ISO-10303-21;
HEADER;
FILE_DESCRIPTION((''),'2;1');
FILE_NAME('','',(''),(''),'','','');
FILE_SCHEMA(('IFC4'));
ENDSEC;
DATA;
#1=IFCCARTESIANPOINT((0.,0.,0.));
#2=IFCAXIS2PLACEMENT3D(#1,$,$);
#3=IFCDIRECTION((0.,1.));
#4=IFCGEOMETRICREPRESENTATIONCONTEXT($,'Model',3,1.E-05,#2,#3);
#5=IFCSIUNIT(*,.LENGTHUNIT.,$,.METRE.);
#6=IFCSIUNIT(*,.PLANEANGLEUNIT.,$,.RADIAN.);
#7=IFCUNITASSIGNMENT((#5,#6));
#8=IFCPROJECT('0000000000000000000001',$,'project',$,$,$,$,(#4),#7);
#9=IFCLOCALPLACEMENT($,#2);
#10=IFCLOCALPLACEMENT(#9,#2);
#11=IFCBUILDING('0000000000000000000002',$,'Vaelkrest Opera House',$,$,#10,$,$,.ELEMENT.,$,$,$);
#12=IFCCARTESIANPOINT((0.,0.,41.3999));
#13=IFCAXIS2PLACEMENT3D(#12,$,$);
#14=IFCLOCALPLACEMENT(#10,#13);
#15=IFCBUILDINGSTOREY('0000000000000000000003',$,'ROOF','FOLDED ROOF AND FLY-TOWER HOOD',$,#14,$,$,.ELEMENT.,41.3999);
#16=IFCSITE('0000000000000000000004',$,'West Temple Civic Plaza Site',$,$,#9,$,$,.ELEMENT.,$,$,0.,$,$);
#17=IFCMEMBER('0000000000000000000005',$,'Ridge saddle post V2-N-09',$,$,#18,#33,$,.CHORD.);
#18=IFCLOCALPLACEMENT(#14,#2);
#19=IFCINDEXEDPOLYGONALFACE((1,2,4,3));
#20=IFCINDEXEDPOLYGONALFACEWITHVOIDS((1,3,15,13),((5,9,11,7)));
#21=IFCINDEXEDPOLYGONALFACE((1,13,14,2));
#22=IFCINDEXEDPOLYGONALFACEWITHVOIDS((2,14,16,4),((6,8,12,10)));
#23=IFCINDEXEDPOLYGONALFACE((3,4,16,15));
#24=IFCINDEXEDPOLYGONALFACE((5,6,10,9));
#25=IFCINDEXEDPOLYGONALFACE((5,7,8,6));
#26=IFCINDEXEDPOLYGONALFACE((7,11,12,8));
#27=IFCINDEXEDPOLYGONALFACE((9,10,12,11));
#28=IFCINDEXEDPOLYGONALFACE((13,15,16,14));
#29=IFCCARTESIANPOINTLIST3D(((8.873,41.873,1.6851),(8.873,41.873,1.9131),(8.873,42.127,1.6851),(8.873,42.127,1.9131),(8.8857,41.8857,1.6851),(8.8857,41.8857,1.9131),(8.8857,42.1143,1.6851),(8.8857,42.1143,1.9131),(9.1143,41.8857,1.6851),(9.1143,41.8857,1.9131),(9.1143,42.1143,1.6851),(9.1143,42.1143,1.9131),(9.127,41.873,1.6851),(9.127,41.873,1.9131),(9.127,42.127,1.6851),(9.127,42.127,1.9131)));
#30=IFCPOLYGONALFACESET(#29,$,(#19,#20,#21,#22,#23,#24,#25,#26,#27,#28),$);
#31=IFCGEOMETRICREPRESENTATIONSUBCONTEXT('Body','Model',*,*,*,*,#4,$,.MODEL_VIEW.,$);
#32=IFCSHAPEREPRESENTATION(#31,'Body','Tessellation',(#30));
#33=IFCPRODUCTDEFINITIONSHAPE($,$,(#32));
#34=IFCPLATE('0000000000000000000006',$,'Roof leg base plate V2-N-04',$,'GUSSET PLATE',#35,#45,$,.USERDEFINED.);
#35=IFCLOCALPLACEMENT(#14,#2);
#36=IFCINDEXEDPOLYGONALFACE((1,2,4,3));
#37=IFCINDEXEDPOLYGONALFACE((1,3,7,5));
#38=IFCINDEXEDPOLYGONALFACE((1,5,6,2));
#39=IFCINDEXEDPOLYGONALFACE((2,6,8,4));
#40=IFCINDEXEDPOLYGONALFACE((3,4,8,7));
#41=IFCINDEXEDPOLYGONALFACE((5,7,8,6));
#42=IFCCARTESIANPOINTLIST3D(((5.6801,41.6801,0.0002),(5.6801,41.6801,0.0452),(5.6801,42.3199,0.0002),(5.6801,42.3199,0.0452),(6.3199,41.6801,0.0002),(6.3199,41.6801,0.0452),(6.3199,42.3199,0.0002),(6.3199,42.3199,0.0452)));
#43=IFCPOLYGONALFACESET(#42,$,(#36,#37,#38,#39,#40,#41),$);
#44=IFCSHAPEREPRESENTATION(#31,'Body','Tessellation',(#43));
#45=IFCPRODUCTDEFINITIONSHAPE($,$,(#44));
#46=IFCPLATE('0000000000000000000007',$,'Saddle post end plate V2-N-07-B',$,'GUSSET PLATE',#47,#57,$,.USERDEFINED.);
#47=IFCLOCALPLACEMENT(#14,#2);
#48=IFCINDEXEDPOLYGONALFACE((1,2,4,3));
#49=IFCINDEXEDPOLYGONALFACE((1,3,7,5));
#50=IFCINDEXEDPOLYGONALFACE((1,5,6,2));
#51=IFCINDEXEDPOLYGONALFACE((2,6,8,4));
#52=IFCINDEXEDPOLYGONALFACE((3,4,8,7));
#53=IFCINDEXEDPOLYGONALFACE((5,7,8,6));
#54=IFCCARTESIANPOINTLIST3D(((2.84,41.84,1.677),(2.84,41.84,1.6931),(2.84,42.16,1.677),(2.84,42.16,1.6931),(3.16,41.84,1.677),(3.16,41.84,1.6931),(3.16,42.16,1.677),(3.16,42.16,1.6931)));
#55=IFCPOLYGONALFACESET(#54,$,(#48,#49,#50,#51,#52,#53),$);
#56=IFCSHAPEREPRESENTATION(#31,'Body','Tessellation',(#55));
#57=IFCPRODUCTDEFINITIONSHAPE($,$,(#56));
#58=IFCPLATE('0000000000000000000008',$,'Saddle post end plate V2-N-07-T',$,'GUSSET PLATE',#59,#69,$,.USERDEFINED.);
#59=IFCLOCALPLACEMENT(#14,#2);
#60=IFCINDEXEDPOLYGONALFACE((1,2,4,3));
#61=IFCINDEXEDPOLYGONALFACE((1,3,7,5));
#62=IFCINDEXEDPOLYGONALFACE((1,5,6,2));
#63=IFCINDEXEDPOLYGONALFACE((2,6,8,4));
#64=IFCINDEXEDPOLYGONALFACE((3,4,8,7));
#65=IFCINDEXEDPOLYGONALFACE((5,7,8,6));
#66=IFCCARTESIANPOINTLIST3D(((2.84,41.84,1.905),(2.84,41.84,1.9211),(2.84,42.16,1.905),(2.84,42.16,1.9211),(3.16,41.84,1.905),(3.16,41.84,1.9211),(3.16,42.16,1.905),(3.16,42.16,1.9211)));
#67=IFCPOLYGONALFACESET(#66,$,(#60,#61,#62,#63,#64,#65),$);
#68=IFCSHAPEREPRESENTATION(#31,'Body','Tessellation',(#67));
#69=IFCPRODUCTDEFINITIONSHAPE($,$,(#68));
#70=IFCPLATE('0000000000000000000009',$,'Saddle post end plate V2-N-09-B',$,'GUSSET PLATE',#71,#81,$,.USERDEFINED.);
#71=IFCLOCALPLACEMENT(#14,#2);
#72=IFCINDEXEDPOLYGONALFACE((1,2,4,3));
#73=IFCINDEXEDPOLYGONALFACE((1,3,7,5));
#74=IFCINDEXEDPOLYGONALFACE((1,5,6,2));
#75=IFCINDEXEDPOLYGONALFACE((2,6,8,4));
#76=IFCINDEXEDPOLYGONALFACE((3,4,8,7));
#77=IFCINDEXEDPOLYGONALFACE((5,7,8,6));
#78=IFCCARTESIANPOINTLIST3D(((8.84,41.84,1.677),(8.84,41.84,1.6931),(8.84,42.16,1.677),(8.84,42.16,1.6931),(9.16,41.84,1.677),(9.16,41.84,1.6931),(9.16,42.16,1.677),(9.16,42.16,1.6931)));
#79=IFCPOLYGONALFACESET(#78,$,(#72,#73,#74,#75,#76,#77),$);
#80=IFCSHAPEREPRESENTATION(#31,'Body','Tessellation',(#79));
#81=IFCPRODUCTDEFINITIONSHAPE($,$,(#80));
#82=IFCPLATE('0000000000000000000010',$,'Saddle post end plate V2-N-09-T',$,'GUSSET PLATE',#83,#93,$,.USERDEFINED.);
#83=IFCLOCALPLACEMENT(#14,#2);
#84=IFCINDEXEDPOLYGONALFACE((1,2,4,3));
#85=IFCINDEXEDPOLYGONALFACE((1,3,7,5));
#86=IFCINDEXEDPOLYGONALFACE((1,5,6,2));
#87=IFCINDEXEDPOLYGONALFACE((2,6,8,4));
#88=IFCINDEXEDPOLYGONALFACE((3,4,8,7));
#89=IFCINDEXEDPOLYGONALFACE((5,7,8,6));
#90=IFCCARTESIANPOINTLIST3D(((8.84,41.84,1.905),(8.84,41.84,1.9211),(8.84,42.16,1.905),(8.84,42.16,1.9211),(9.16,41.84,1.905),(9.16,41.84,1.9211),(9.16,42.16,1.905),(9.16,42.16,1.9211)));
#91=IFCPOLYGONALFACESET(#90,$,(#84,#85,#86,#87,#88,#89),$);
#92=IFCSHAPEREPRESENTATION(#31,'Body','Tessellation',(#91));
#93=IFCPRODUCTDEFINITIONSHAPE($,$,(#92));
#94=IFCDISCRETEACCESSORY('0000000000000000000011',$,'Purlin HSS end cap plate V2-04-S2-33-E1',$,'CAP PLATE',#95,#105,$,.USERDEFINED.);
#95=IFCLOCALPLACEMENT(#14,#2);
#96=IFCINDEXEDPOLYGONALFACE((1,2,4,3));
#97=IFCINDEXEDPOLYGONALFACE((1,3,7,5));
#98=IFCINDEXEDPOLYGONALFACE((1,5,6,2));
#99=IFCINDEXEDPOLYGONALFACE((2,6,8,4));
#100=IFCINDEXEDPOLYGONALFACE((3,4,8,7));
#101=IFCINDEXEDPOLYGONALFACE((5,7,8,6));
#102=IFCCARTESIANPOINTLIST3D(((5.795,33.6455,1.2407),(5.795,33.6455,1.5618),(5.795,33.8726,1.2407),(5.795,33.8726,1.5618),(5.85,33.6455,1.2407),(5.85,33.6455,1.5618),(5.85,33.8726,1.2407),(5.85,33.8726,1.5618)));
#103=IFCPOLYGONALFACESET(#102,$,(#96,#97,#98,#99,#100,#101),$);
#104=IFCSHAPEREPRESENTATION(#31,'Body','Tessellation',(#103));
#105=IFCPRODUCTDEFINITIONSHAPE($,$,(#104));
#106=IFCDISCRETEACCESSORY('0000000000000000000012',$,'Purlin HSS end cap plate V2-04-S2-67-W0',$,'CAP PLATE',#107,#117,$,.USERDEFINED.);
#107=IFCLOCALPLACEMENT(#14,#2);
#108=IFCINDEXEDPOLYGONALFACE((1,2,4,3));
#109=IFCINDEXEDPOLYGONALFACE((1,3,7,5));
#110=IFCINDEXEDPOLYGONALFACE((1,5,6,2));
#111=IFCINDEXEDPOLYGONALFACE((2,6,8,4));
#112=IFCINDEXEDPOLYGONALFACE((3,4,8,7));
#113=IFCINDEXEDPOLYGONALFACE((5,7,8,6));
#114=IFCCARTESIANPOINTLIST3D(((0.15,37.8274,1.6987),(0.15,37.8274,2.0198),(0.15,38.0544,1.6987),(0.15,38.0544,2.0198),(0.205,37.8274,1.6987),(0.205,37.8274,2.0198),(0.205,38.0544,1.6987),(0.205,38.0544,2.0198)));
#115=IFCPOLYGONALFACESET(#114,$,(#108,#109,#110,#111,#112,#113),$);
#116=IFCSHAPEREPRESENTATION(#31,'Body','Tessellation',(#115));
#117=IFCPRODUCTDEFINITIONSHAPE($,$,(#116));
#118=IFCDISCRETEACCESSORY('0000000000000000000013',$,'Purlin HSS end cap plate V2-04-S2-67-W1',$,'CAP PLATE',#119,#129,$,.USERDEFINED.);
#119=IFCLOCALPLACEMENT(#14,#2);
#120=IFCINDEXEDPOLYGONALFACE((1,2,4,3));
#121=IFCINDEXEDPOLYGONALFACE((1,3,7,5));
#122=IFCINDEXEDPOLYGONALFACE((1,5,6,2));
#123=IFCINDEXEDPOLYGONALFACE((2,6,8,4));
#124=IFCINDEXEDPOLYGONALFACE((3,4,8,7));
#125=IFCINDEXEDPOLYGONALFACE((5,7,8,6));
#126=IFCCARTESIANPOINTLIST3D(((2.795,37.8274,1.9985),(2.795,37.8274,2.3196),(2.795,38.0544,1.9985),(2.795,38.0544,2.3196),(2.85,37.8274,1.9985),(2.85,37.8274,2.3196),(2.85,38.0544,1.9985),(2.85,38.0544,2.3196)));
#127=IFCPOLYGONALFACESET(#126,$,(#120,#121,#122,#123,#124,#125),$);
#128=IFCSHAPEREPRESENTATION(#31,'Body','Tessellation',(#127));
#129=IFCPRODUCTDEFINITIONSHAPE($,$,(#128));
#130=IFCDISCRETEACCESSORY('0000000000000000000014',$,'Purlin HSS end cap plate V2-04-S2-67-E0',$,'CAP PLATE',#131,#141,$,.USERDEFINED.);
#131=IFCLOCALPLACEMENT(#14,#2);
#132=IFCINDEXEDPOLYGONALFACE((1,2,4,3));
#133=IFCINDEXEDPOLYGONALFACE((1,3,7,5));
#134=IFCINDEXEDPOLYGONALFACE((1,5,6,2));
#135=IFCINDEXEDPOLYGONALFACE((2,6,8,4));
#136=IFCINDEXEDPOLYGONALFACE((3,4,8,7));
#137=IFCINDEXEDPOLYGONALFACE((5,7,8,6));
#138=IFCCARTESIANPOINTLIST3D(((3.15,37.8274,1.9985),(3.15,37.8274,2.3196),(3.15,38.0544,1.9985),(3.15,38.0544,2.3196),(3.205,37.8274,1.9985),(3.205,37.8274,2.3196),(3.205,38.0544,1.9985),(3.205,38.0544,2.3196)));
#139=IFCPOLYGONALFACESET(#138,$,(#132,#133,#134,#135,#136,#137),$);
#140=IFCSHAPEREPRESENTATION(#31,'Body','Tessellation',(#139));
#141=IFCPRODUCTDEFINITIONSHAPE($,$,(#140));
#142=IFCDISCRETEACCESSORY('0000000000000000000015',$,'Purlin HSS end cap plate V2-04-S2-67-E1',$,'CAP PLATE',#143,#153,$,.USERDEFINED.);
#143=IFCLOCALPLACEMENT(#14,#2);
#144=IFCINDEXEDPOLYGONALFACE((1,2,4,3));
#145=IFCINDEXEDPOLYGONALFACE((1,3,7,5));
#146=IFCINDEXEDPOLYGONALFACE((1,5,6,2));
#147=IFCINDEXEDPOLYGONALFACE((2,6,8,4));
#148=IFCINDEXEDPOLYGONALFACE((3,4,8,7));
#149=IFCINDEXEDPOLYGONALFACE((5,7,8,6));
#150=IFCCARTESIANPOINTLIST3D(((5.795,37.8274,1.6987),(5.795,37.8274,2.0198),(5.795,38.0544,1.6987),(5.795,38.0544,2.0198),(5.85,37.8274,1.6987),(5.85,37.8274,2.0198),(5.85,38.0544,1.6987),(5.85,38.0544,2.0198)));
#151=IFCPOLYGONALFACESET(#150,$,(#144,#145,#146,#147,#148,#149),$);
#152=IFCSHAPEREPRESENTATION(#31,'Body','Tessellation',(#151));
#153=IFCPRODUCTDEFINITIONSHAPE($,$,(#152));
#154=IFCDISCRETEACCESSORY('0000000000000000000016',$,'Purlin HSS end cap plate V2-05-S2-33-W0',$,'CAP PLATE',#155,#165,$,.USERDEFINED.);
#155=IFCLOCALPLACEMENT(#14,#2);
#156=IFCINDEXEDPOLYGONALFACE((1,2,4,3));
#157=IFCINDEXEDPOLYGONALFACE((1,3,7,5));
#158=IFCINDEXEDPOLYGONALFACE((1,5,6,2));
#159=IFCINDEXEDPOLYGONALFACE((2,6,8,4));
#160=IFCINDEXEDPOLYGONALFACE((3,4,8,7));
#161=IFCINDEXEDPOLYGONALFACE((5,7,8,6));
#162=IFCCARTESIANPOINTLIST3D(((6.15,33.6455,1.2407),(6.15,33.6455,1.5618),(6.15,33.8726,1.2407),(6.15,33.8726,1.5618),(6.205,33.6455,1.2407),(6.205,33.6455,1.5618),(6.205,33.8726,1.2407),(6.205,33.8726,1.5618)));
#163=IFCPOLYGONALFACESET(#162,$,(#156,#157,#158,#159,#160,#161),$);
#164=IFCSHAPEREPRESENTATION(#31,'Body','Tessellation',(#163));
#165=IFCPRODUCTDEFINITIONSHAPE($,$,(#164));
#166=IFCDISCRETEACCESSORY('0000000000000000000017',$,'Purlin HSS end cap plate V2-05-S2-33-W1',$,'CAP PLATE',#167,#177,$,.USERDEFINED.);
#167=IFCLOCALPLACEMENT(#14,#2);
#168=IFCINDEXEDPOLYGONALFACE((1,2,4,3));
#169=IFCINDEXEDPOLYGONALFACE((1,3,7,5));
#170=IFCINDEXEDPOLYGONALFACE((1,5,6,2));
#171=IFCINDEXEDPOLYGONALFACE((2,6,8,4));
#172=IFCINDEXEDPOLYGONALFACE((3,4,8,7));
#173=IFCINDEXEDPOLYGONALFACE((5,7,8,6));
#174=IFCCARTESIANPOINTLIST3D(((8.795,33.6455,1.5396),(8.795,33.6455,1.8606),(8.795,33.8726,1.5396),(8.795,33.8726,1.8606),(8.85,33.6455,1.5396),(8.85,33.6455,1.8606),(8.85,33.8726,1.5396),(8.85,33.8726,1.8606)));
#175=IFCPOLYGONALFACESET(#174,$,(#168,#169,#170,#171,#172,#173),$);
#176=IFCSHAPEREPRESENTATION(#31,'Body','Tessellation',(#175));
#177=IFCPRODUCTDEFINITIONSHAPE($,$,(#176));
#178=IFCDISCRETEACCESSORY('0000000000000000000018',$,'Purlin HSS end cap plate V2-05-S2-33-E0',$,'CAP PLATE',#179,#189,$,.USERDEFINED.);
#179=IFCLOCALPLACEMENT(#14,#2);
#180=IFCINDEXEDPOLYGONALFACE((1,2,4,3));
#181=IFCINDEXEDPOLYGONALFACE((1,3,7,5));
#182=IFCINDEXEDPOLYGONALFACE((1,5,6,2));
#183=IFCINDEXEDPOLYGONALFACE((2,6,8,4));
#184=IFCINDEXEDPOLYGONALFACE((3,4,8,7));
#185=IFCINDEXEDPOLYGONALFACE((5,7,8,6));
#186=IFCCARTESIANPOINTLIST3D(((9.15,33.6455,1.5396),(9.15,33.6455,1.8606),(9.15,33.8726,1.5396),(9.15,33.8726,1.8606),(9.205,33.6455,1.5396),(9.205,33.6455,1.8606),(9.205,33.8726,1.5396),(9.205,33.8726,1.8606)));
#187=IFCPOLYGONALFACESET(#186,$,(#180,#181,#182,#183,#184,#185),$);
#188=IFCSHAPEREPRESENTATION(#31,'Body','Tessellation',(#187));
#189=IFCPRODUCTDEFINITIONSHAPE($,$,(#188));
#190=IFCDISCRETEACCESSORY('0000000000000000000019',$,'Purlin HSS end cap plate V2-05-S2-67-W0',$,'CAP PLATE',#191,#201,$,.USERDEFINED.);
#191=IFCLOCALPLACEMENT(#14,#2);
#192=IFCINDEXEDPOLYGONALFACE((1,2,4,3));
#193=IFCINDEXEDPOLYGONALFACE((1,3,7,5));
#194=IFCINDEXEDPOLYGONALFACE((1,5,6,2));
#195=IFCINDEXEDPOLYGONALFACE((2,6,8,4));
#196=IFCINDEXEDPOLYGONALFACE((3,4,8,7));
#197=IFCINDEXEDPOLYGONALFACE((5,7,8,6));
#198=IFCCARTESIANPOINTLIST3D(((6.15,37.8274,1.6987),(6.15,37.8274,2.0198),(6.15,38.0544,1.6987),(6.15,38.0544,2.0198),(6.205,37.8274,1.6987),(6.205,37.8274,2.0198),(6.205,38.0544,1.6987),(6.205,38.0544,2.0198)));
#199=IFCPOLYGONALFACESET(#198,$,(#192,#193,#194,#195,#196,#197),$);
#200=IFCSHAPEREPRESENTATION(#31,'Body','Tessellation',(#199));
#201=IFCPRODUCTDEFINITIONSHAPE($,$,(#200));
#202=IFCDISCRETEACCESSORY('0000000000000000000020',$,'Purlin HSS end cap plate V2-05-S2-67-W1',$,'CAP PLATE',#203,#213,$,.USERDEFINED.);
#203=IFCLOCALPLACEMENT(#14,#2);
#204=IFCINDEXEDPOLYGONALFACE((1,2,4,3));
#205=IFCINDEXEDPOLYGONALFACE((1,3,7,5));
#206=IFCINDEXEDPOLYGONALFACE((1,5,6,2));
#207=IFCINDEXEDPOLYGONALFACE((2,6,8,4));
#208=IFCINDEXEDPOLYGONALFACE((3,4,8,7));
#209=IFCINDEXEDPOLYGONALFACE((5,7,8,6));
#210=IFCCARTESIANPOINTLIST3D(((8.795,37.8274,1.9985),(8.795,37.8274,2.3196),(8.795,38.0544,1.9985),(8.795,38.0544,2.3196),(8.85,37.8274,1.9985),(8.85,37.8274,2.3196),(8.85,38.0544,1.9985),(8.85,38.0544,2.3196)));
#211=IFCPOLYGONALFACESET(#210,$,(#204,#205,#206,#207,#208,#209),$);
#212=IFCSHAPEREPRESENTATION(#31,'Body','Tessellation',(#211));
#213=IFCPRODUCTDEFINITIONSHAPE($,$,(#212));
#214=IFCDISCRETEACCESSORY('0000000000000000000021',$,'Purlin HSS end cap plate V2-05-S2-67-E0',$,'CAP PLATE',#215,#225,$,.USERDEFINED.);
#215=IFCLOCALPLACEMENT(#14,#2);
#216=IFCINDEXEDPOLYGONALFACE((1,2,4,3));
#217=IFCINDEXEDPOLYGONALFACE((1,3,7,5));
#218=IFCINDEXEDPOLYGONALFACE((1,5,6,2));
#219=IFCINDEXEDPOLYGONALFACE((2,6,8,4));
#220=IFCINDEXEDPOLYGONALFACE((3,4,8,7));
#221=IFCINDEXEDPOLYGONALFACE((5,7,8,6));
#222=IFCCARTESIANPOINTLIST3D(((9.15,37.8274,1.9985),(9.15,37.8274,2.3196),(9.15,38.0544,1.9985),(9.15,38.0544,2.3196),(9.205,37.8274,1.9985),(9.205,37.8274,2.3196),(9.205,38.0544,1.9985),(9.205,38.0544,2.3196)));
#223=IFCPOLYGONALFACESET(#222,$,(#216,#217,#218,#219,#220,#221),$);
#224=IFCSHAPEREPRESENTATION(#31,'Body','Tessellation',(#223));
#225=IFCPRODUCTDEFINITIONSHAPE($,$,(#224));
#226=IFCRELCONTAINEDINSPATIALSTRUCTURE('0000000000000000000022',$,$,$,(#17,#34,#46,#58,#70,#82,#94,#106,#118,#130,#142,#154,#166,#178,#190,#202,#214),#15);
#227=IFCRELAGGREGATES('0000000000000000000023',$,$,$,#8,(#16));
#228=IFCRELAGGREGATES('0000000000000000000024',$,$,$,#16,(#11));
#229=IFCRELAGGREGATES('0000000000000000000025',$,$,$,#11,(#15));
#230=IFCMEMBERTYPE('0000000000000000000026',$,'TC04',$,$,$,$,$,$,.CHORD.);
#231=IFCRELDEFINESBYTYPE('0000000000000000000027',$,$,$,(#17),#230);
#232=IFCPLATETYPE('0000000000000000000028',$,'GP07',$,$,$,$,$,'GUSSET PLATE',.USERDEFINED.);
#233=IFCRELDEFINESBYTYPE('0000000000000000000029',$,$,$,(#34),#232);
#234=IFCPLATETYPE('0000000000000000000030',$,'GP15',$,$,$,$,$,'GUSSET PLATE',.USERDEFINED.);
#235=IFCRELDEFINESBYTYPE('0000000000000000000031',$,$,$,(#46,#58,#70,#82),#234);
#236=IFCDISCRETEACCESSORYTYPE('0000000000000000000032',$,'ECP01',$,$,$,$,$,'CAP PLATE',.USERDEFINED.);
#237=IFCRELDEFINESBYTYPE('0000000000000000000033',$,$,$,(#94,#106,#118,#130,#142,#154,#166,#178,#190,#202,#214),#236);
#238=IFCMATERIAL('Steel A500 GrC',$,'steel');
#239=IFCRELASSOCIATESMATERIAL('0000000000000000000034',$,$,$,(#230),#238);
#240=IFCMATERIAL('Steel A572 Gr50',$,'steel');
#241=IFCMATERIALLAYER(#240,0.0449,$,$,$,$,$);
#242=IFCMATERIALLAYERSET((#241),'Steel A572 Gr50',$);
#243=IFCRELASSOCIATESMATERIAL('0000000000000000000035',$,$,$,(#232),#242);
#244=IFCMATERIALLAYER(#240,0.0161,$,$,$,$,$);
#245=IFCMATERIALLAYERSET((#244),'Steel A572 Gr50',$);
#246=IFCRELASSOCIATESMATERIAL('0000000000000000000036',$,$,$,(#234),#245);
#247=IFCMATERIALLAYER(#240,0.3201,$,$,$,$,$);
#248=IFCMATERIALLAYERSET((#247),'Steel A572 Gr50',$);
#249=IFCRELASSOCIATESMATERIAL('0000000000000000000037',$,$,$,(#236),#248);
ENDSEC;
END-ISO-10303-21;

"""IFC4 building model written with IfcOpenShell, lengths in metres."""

from ifc_helpers import new_model, si_unit, direction, frame, origin, origin_2d, place, context, subcontext, project, spatial, rectangle, hollow_rectangle, extrude, material, layer, layer_set, material_profile, profile_set, type_object, element, save


model = new_model("IFC4")

# Units and contexts
model_context = context("Model", 3, precision=1e-05, world=origin(), true_north=direction((0.0, 1.0)))
body_context = subcontext(model_context, "Body", "Model", "MODEL_VIEW")
ifc_project = project(units=[si_unit("LENGTHUNIT", "METRE"), si_unit("PLANEANGLEUNIT", "RADIAN")], contexts=[model_context])

# Site, building, storey
site_placement = place(None, origin())
site = spatial("IfcSite", under=ifc_project, at=site_placement, Name="West Temple Civic Plaza Site", CompositionType="ELEMENT", RefElevation=0.0)
building_placement = place(site_placement, origin())
building = spatial("IfcBuilding", under=site, at=building_placement, Name="Vaelkrest Opera House", CompositionType="ELEMENT")
storey_placement = place(building_placement, frame((0.0, 0.0, 41.3999)))
storey = spatial("IfcBuildingStorey", under=building, at=storey_placement, Name="ROOF", Description="FOLDED ROOF AND FLY-TOWER HOOD", CompositionType="ELEMENT", Elevation=41.3999)

# Shared definitions
ifc_material_1 = material(Name="Steel A500 GrC", Category="steel")

# Member
ifc_material_profile_1 = material_profile(ifc_material_1, hollow_rectangle(XDim=0.2539, YDim=0.2539, WallThickness=0.0127, at=origin_2d()), Name="HSS254X254X12.7")
ifc_profile_set_1 = profile_set([ifc_material_profile_1], Name="Steel A500 GrC")
member_type_1 = type_object("IfcMemberType", Name="TC04", PredefinedType="CHORD", material=ifc_profile_set_1)
member_1_placement = place(storey_placement, frame((9.0, 42.0, 1.6851), z_axis=(0.0, 0.0, 1.0), x_axis=(1.0, 0.0, 0.0)))
element("IfcMember", 1, at=member_1_placement, inside=storey, type_object=member_type_1, Name="Ridge saddle post V2-N-09", PredefinedType="CHORD", context=body_context, shape_type="SweptSolid", body=[
    extrude(hollow_rectangle(XDim=0.2539, YDim=0.2539, WallThickness=0.0127, at=origin_2d()), origin(), (0.0, 0.0, 1.0), 0.228),
])

# Plates
ifc_material_2 = material(Name="Steel A572 Gr50", Category="steel")
ifc_layer_1 = layer(ifc_material_2, 0.0449)
ifc_layer_set_1 = layer_set([ifc_layer_1], Name="Steel A572 Gr50")
plate_type_1 = type_object("IfcPlateType", Name="GP07", ElementType="GUSSET PLATE", PredefinedType="USERDEFINED", material=ifc_layer_set_1)
plate_placement = place(storey_placement, frame((6.0, 42.0, 0.0002), z_axis=(0.0, 0.0, 1.0), x_axis=(1.0, 0.0, 0.0)))
element("IfcPlate", 2, at=plate_placement, inside=storey, type_object=plate_type_1, Name="Roof leg base plate V2-N-04", ObjectType="GUSSET PLATE", PredefinedType="USERDEFINED", context=body_context, shape_type="SweptSolid", body=[
    extrude(rectangle(XDim=0.6399, YDim=0.6399, at=origin_2d()), origin(), (0.0, 0.0, 1.0), 0.0449),
])
ifc_layer_2 = layer(ifc_material_2, 0.0161)
ifc_layer_set_2 = layer_set([ifc_layer_2], Name="Steel A572 Gr50")
plate_type_2 = type_object("IfcPlateType", Name="GP15", ElementType="GUSSET PLATE", PredefinedType="USERDEFINED", material=ifc_layer_set_2)
for number, where, z_axis, x_axis, name in (
    (3, (3.0, 42.0, 1.677), (0.0, 0.0, 1.0), (1.0, 0.0, 0.0), "Saddle post end plate V2-N-07-B"),
    (4, (3.0, 42.0, 1.905), (0.0, 0.0, 1.0), (1.0, 0.0, 0.0), "Saddle post end plate V2-N-07-T"),
    (5, (9.0, 42.0, 1.677), (0.0, 0.0, 1.0), (1.0, 0.0, 0.0), "Saddle post end plate V2-N-09-B"),
    (6, (9.0, 42.0, 1.905), (0.0, 0.0, 1.0), (1.0, 0.0, 0.0), "Saddle post end plate V2-N-09-T"),
):
    element("IfcPlate", number, at=place(storey_placement, frame(where, z_axis=z_axis, x_axis=x_axis)), inside=storey, type_object=plate_type_2, Name=name, ObjectType="GUSSET PLATE", PredefinedType="USERDEFINED", context=body_context, shape_type="SweptSolid", body=[
        extrude(rectangle(XDim=0.3201, YDim=0.3201, at=origin_2d()), origin(), (0.0, 0.0, 1.0), 0.0161),
    ])

# Discrete accessories
ifc_layer_3 = layer(ifc_material_2, 0.3201)
ifc_layer_set_3 = layer_set([ifc_layer_3], Name="Steel A572 Gr50")
discrete_accessory_type = type_object("IfcDiscreteAccessoryType", Name="ECP01", ElementType="CAP PLATE", PredefinedType="USERDEFINED", material=ifc_layer_set_3)
for number, where, z_axis, x_axis, name in (
    (7, (5.8225, 33.759, 1.2407), (0.0, 0.0, 1.0), (1.0, 0.0, 0.0), "Purlin HSS end cap plate V2-04-S2-33-E1"),
    (8, (0.1775, 37.9409, 1.6987), (0.0, 0.0, 1.0), (1.0, 0.0, 0.0), "Purlin HSS end cap plate V2-04-S2-67-W0"),
    (9, (2.8225, 37.9409, 1.9985), (0.0, 0.0, 1.0), (1.0, 0.0, 0.0), "Purlin HSS end cap plate V2-04-S2-67-W1"),
    (10, (3.1775, 37.9409, 1.9985), (0.0, 0.0, 1.0), (1.0, 0.0, 0.0), "Purlin HSS end cap plate V2-04-S2-67-E0"),
    (11, (5.8225, 37.9409, 1.6987), (0.0, 0.0, 1.0), (1.0, 0.0, 0.0), "Purlin HSS end cap plate V2-04-S2-67-E1"),
    (12, (6.1775, 33.759, 1.2407), (0.0, 0.0, 1.0), (1.0, 0.0, 0.0), "Purlin HSS end cap plate V2-05-S2-33-W0"),
    (13, (8.8225, 33.759, 1.5396), (0.0, 0.0, 1.0), (1.0, 0.0, 0.0), "Purlin HSS end cap plate V2-05-S2-33-W1"),
    (14, (9.1775, 33.759, 1.5396), (0.0, 0.0, 1.0), (1.0, 0.0, 0.0), "Purlin HSS end cap plate V2-05-S2-33-E0"),
    (15, (6.1775, 37.9409, 1.6987), (0.0, 0.0, 1.0), (1.0, 0.0, 0.0), "Purlin HSS end cap plate V2-05-S2-67-W0"),
    (16, (8.8225, 37.9409, 1.9985), (0.0, 0.0, 1.0), (1.0, 0.0, 0.0), "Purlin HSS end cap plate V2-05-S2-67-W1"),
    (17, (9.1775, 37.9409, 1.9985), (0.0, 0.0, 1.0), (1.0, 0.0, 0.0), "Purlin HSS end cap plate V2-05-S2-67-E0"),
):
    element("IfcDiscreteAccessory", number, at=place(storey_placement, frame(where, z_axis=z_axis, x_axis=x_axis)), inside=storey, type_object=discrete_accessory_type, Name=name, ObjectType="CAP PLATE", PredefinedType="USERDEFINED", context=body_context, shape_type="SweptSolid", body=[
        extrude(rectangle(XDim=0.0549, YDim=0.2271, at=origin_2d()), origin(), (0.0, 0.0, 1.0), 0.321),
    ])

save(model, "model.ifc")
